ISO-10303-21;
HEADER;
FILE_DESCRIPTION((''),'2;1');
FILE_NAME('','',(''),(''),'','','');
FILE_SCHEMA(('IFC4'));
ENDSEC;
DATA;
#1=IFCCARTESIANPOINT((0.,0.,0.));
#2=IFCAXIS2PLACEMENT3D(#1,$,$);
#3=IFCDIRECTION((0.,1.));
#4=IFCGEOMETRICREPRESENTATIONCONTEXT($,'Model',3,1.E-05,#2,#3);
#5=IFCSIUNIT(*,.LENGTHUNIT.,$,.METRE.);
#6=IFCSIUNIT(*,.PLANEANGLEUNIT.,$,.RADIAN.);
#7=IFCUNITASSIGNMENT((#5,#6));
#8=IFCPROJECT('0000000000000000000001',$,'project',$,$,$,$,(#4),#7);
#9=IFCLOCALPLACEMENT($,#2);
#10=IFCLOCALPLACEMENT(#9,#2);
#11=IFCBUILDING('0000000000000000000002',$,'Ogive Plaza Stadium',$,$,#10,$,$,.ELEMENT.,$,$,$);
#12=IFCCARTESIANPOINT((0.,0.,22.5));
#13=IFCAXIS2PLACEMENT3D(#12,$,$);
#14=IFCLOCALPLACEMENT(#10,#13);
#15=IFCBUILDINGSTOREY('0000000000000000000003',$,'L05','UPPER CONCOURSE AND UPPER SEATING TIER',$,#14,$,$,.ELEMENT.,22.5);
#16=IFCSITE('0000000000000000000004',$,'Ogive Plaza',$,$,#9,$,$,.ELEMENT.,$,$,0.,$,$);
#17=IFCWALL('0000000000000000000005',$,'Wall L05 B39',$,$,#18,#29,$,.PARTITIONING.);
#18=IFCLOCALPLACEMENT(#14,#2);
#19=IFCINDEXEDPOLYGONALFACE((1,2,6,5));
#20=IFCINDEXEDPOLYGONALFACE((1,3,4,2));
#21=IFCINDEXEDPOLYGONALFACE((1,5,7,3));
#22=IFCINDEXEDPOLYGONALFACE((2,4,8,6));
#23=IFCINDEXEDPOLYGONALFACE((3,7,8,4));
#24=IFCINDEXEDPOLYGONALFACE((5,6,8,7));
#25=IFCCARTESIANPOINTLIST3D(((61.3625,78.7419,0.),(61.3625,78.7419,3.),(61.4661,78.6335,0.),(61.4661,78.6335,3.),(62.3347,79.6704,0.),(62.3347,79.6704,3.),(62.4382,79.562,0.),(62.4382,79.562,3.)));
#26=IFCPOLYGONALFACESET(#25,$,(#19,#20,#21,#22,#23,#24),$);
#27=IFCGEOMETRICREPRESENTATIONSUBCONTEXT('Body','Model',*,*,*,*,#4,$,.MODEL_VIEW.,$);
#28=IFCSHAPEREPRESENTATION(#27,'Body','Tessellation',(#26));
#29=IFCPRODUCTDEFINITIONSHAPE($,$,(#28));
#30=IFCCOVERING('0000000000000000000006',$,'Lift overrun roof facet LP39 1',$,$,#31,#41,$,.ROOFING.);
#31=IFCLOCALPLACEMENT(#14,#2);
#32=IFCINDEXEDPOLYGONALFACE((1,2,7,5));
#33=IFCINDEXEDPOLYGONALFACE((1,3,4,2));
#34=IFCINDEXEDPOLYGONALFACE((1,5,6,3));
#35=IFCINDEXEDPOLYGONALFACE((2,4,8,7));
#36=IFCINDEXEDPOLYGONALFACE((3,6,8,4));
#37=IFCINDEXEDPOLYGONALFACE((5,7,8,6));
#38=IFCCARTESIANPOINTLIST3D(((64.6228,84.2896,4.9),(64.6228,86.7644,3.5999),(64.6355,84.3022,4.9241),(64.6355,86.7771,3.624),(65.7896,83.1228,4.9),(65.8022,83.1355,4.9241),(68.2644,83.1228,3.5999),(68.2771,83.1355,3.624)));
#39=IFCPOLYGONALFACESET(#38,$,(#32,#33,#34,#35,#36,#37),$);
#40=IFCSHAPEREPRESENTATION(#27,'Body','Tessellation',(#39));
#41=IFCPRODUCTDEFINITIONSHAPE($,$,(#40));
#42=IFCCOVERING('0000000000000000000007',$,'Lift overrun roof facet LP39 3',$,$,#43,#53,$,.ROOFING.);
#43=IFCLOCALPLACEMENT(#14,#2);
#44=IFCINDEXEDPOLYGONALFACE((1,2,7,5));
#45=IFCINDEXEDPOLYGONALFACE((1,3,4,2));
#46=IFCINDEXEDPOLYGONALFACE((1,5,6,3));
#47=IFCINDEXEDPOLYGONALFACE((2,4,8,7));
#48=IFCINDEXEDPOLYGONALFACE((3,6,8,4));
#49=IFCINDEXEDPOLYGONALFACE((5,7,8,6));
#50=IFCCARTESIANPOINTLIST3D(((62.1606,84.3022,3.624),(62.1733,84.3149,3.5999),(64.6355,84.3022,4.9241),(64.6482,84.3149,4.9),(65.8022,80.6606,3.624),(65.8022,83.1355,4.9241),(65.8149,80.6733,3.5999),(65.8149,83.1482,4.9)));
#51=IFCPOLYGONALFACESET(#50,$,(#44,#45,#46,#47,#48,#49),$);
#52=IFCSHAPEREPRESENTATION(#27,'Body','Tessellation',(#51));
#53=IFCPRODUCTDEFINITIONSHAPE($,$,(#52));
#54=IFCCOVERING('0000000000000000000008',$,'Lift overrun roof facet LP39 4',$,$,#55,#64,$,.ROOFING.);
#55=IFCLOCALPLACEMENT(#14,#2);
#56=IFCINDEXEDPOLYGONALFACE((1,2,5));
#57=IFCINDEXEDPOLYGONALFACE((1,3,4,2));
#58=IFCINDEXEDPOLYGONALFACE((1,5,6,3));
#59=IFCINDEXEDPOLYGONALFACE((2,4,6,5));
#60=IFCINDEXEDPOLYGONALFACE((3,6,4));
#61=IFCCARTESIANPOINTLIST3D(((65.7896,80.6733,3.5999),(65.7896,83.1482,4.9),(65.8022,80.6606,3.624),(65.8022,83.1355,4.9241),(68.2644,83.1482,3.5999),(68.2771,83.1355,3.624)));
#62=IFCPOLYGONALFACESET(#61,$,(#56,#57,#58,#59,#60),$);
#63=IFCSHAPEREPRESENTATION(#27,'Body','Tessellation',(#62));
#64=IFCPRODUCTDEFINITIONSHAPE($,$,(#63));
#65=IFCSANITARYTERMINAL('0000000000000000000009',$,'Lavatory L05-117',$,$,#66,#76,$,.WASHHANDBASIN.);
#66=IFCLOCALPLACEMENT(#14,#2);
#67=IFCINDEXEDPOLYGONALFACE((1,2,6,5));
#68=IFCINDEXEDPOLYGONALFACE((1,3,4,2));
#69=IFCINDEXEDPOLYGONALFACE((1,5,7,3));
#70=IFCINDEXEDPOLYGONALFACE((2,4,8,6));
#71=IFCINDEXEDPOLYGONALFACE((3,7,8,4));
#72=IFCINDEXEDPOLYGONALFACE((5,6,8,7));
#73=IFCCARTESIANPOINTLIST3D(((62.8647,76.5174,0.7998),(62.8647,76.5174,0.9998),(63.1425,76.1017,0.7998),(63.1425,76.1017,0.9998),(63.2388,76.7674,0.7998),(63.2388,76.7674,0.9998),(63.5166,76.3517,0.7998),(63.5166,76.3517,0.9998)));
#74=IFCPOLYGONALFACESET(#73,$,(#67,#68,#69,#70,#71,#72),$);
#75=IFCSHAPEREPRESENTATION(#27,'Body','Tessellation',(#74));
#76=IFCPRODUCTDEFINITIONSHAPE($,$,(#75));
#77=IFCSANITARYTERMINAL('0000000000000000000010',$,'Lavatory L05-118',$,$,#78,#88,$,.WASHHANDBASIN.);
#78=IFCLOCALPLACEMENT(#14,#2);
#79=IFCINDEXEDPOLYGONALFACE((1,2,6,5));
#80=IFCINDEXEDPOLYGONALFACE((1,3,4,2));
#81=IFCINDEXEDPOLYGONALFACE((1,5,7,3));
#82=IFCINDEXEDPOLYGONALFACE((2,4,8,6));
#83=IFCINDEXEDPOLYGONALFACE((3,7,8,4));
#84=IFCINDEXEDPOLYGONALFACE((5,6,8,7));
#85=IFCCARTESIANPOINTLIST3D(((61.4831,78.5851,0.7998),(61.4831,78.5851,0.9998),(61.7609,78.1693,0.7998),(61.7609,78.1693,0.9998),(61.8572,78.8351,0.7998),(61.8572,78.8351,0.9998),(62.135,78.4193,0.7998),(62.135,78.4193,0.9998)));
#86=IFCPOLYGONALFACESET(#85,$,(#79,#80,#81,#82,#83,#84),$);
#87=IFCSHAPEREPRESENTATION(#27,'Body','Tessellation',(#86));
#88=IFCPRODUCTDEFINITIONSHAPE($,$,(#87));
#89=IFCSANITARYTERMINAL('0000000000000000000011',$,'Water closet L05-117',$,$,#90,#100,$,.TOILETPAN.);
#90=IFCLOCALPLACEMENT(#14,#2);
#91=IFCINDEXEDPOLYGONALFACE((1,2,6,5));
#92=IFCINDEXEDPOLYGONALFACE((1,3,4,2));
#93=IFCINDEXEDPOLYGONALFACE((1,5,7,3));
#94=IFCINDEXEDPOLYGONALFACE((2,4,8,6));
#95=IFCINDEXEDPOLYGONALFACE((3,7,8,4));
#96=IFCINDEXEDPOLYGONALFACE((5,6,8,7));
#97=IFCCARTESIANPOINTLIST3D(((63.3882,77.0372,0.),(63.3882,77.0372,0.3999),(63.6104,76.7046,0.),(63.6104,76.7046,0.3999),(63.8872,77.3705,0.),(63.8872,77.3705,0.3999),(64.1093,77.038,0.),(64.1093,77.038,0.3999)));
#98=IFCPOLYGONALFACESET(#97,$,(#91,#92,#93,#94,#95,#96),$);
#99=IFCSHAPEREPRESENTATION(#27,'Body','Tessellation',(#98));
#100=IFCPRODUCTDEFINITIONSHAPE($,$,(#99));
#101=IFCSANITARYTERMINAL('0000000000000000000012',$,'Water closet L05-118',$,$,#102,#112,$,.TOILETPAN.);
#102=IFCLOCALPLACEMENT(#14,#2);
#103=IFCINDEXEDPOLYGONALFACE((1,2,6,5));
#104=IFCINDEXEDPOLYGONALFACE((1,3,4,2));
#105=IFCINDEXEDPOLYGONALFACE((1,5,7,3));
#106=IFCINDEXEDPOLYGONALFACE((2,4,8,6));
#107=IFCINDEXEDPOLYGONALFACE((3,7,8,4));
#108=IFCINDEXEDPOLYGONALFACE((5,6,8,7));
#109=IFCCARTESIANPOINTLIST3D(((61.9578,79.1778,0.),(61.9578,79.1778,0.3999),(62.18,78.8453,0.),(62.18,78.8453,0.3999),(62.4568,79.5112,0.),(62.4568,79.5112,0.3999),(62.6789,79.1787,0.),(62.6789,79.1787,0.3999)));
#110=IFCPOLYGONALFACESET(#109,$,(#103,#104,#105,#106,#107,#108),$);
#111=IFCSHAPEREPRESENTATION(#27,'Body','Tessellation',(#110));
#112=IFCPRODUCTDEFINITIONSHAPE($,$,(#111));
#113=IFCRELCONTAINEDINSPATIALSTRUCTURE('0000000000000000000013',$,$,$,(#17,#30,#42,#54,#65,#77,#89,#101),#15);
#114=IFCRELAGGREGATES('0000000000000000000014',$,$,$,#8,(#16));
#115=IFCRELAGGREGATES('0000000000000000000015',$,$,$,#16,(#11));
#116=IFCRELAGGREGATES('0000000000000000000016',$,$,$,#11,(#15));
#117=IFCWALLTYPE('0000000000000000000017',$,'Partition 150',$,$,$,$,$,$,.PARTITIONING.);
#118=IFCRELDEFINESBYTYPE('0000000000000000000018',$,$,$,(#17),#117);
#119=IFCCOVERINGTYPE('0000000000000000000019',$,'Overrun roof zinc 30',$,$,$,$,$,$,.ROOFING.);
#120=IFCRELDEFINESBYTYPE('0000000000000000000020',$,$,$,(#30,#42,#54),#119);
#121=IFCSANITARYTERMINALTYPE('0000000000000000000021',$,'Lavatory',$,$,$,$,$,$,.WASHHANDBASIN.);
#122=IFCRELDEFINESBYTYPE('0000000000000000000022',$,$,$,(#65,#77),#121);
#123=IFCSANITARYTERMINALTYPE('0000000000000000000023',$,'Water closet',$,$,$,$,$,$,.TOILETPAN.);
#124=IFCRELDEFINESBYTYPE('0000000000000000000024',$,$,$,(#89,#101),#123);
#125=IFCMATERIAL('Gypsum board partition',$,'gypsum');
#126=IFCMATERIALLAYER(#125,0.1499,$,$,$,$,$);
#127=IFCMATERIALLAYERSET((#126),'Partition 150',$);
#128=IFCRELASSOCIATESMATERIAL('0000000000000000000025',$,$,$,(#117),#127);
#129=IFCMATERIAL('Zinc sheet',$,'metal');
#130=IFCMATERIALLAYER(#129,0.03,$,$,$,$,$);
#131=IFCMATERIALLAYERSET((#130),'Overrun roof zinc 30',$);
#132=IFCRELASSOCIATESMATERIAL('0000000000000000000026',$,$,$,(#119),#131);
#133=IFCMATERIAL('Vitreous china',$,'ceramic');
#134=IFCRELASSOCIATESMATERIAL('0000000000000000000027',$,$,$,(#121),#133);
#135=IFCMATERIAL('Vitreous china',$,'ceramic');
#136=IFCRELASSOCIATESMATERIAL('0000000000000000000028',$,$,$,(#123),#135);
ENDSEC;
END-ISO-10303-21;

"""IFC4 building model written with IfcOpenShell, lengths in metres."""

from ifc_helpers import new_model, si_unit, direction, frame, frame_2d, origin, origin_2d, place, context, subcontext, project, spatial, polyline, rectangle, outline, extrude, material, layer, layer_set, type_object, element, save


model = new_model("IFC4")

# Units and contexts
model_context = context("Model", 3, precision=1e-05, world=origin(), true_north=direction((0.0, 1.0)))
body_context = subcontext(model_context, "Body", "Model", "MODEL_VIEW")
ifc_project = project(units=[si_unit("LENGTHUNIT", "METRE"), si_unit("PLANEANGLEUNIT", "RADIAN")], contexts=[model_context])

# Site, building, storey
site_placement = place(None, origin())
site = spatial("IfcSite", under=ifc_project, at=site_placement, Name="Ogive Plaza", CompositionType="ELEMENT", RefElevation=0.0)
building_placement = place(site_placement, origin())
building = spatial("IfcBuilding", under=site, at=building_placement, Name="Ogive Plaza Stadium", CompositionType="ELEMENT")
storey_placement = place(building_placement, frame((0.0, 0.0, 22.5)))
storey = spatial("IfcBuildingStorey", under=building, at=storey_placement, Name="L05", Description="UPPER CONCOURSE AND UPPER SEATING TIER", CompositionType="ELEMENT", Elevation=22.5)

# Wall
ifc_material_1 = material(Name="Gypsum board partition", Category="gypsum")
ifc_layer_1 = layer(ifc_material_1, 0.1499)
ifc_layer_set_1 = layer_set([ifc_layer_1], Name="Partition 150")
wall_type_1 = type_object("IfcWallType", Name="Partition 150", PredefinedType="PARTITIONING", material=ifc_layer_set_1)
wall_1_placement = place(storey_placement, frame((61.4143, 78.6877, 0.0), z_axis=(0.0, 0.0, 1.0), x_axis=(0.723174, 0.690666, 0.0)))
element("IfcWall", 1, at=wall_1_placement, inside=storey, type_object=wall_type_1, Name="Wall L05 B39", PredefinedType="PARTITIONING", context=body_context, shape_type="SweptSolid", body=[
    extrude(rectangle(XDim=1.3442, YDim=0.1499, at=frame_2d((0.6721, 0.0))), origin(), (0.0, 0.0, 1.0), 3.0),
])

# Coverings
ifc_material_2 = material(Name="Zinc sheet", Category="metal")
ifc_layer_2 = layer(ifc_material_2, 0.03)
ifc_layer_set_2 = layer_set([ifc_layer_2], Name="Overrun roof zinc 30")
covering_type = type_object("IfcCoveringType", Name="Overrun roof zinc 30", PredefinedType="ROOFING", material=ifc_layer_set_2)
for number, where, z_axis, x_axis, name in (
    (2, (68.2771, 83.1355, 3.624), (0.421677, 0.421677, 0.802731), (-0.707107, 0.707107, 0.0), "Lift overrun roof facet LP39 1"),
    (3, (62.1606, 84.3022, 3.624), (-0.421677, -0.421677, 0.802731), (0.707107, -0.707107, 0.0), "Lift overrun roof facet LP39 3"),
):
    element("IfcCovering", number, at=place(storey_placement, frame(where, z_axis=z_axis, x_axis=x_axis)), inside=storey, type_object=covering_type, Name=name, PredefinedType="ROOFING", context=body_context, shape_type="SweptSolid", body=[
        extrude(outline(polyline([(0.0, 0.0), (5.15, 0.0), (3.4, 2.18), (1.75, 2.18), (0.0, 0.0)])), origin(), (0.0, 0.0, -1.0), 0.03),
    ])
covering_placement = place(storey_placement, frame((65.8022, 80.6606, 3.624), z_axis=(0.421677, -0.421677, 0.802731), x_axis=(0.707107, 0.707107, 0.0)))
element("IfcCovering", 4, at=covering_placement, inside=storey, type_object=covering_type, Name="Lift overrun roof facet LP39 4", PredefinedType="ROOFING", context=body_context, shape_type="SweptSolid", body=[
    extrude(outline(polyline([(0.0, 0.0), (3.5, 0.0), (1.75, 2.18), (0.0, 0.0)])), origin(), (0.0, 0.0, -1.0), 0.03),
])

# Sanitary terminals
ifc_material_3 = material(Name="Vitreous china", Category="ceramic")
sanitary_terminal_type_1 = type_object("IfcSanitaryTerminalType", Name="Lavatory", PredefinedType="WASHHANDBASIN", material=ifc_material_3)
for number, where, z_axis, x_axis, name in (
    (5, (63.1907, 76.4346, 0.7998), (0.0, 0.0, 1.0), (0.55557, -0.83147, 0.0), "Lavatory L05-117"),
    (6, (61.8091, 78.5022, 0.7998), (0.0, 0.0, 1.0), (0.55557, -0.83147, 0.0), "Lavatory L05-118"),
):
    element("IfcSanitaryTerminal", number, at=place(storey_placement, frame(where, z_axis=z_axis, x_axis=x_axis)), inside=storey, type_object=sanitary_terminal_type_1, Name=name, PredefinedType="WASHHANDBASIN", context=body_context, shape_type="SweptSolid", body=[
        extrude(rectangle(XDim=0.5, YDim=0.45, at=origin_2d()), origin(), (0.0, 0.0, 1.0), 0.2),
    ])
ifc_material_4 = material(Name="Vitreous china", Category="ceramic")
sanitary_terminal_type_2 = type_object("IfcSanitaryTerminalType", Name="Water closet", PredefinedType="TOILETPAN", material=ifc_material_4)
for number, where, z_axis, x_axis, name in (
    (7, (63.7488, 77.0376, 0.0), (0.0, 0.0, 1.0), (0.55557, -0.83147, 0.0), "Water closet L05-117"),
    (8, (62.3184, 79.1782, 0.0), (0.0, 0.0, 1.0), (0.55557, -0.83147, 0.0), "Water closet L05-118"),
):
    element("IfcSanitaryTerminal", number, at=place(storey_placement, frame(where, z_axis=z_axis, x_axis=x_axis)), inside=storey, type_object=sanitary_terminal_type_2, Name=name, PredefinedType="TOILETPAN", context=body_context, shape_type="SweptSolid", body=[
        extrude(rectangle(XDim=0.3999, YDim=0.6001, at=origin_2d()), origin(), (0.0, 0.0, 1.0), 0.3999),
    ])

save(model, "model.ifc")
